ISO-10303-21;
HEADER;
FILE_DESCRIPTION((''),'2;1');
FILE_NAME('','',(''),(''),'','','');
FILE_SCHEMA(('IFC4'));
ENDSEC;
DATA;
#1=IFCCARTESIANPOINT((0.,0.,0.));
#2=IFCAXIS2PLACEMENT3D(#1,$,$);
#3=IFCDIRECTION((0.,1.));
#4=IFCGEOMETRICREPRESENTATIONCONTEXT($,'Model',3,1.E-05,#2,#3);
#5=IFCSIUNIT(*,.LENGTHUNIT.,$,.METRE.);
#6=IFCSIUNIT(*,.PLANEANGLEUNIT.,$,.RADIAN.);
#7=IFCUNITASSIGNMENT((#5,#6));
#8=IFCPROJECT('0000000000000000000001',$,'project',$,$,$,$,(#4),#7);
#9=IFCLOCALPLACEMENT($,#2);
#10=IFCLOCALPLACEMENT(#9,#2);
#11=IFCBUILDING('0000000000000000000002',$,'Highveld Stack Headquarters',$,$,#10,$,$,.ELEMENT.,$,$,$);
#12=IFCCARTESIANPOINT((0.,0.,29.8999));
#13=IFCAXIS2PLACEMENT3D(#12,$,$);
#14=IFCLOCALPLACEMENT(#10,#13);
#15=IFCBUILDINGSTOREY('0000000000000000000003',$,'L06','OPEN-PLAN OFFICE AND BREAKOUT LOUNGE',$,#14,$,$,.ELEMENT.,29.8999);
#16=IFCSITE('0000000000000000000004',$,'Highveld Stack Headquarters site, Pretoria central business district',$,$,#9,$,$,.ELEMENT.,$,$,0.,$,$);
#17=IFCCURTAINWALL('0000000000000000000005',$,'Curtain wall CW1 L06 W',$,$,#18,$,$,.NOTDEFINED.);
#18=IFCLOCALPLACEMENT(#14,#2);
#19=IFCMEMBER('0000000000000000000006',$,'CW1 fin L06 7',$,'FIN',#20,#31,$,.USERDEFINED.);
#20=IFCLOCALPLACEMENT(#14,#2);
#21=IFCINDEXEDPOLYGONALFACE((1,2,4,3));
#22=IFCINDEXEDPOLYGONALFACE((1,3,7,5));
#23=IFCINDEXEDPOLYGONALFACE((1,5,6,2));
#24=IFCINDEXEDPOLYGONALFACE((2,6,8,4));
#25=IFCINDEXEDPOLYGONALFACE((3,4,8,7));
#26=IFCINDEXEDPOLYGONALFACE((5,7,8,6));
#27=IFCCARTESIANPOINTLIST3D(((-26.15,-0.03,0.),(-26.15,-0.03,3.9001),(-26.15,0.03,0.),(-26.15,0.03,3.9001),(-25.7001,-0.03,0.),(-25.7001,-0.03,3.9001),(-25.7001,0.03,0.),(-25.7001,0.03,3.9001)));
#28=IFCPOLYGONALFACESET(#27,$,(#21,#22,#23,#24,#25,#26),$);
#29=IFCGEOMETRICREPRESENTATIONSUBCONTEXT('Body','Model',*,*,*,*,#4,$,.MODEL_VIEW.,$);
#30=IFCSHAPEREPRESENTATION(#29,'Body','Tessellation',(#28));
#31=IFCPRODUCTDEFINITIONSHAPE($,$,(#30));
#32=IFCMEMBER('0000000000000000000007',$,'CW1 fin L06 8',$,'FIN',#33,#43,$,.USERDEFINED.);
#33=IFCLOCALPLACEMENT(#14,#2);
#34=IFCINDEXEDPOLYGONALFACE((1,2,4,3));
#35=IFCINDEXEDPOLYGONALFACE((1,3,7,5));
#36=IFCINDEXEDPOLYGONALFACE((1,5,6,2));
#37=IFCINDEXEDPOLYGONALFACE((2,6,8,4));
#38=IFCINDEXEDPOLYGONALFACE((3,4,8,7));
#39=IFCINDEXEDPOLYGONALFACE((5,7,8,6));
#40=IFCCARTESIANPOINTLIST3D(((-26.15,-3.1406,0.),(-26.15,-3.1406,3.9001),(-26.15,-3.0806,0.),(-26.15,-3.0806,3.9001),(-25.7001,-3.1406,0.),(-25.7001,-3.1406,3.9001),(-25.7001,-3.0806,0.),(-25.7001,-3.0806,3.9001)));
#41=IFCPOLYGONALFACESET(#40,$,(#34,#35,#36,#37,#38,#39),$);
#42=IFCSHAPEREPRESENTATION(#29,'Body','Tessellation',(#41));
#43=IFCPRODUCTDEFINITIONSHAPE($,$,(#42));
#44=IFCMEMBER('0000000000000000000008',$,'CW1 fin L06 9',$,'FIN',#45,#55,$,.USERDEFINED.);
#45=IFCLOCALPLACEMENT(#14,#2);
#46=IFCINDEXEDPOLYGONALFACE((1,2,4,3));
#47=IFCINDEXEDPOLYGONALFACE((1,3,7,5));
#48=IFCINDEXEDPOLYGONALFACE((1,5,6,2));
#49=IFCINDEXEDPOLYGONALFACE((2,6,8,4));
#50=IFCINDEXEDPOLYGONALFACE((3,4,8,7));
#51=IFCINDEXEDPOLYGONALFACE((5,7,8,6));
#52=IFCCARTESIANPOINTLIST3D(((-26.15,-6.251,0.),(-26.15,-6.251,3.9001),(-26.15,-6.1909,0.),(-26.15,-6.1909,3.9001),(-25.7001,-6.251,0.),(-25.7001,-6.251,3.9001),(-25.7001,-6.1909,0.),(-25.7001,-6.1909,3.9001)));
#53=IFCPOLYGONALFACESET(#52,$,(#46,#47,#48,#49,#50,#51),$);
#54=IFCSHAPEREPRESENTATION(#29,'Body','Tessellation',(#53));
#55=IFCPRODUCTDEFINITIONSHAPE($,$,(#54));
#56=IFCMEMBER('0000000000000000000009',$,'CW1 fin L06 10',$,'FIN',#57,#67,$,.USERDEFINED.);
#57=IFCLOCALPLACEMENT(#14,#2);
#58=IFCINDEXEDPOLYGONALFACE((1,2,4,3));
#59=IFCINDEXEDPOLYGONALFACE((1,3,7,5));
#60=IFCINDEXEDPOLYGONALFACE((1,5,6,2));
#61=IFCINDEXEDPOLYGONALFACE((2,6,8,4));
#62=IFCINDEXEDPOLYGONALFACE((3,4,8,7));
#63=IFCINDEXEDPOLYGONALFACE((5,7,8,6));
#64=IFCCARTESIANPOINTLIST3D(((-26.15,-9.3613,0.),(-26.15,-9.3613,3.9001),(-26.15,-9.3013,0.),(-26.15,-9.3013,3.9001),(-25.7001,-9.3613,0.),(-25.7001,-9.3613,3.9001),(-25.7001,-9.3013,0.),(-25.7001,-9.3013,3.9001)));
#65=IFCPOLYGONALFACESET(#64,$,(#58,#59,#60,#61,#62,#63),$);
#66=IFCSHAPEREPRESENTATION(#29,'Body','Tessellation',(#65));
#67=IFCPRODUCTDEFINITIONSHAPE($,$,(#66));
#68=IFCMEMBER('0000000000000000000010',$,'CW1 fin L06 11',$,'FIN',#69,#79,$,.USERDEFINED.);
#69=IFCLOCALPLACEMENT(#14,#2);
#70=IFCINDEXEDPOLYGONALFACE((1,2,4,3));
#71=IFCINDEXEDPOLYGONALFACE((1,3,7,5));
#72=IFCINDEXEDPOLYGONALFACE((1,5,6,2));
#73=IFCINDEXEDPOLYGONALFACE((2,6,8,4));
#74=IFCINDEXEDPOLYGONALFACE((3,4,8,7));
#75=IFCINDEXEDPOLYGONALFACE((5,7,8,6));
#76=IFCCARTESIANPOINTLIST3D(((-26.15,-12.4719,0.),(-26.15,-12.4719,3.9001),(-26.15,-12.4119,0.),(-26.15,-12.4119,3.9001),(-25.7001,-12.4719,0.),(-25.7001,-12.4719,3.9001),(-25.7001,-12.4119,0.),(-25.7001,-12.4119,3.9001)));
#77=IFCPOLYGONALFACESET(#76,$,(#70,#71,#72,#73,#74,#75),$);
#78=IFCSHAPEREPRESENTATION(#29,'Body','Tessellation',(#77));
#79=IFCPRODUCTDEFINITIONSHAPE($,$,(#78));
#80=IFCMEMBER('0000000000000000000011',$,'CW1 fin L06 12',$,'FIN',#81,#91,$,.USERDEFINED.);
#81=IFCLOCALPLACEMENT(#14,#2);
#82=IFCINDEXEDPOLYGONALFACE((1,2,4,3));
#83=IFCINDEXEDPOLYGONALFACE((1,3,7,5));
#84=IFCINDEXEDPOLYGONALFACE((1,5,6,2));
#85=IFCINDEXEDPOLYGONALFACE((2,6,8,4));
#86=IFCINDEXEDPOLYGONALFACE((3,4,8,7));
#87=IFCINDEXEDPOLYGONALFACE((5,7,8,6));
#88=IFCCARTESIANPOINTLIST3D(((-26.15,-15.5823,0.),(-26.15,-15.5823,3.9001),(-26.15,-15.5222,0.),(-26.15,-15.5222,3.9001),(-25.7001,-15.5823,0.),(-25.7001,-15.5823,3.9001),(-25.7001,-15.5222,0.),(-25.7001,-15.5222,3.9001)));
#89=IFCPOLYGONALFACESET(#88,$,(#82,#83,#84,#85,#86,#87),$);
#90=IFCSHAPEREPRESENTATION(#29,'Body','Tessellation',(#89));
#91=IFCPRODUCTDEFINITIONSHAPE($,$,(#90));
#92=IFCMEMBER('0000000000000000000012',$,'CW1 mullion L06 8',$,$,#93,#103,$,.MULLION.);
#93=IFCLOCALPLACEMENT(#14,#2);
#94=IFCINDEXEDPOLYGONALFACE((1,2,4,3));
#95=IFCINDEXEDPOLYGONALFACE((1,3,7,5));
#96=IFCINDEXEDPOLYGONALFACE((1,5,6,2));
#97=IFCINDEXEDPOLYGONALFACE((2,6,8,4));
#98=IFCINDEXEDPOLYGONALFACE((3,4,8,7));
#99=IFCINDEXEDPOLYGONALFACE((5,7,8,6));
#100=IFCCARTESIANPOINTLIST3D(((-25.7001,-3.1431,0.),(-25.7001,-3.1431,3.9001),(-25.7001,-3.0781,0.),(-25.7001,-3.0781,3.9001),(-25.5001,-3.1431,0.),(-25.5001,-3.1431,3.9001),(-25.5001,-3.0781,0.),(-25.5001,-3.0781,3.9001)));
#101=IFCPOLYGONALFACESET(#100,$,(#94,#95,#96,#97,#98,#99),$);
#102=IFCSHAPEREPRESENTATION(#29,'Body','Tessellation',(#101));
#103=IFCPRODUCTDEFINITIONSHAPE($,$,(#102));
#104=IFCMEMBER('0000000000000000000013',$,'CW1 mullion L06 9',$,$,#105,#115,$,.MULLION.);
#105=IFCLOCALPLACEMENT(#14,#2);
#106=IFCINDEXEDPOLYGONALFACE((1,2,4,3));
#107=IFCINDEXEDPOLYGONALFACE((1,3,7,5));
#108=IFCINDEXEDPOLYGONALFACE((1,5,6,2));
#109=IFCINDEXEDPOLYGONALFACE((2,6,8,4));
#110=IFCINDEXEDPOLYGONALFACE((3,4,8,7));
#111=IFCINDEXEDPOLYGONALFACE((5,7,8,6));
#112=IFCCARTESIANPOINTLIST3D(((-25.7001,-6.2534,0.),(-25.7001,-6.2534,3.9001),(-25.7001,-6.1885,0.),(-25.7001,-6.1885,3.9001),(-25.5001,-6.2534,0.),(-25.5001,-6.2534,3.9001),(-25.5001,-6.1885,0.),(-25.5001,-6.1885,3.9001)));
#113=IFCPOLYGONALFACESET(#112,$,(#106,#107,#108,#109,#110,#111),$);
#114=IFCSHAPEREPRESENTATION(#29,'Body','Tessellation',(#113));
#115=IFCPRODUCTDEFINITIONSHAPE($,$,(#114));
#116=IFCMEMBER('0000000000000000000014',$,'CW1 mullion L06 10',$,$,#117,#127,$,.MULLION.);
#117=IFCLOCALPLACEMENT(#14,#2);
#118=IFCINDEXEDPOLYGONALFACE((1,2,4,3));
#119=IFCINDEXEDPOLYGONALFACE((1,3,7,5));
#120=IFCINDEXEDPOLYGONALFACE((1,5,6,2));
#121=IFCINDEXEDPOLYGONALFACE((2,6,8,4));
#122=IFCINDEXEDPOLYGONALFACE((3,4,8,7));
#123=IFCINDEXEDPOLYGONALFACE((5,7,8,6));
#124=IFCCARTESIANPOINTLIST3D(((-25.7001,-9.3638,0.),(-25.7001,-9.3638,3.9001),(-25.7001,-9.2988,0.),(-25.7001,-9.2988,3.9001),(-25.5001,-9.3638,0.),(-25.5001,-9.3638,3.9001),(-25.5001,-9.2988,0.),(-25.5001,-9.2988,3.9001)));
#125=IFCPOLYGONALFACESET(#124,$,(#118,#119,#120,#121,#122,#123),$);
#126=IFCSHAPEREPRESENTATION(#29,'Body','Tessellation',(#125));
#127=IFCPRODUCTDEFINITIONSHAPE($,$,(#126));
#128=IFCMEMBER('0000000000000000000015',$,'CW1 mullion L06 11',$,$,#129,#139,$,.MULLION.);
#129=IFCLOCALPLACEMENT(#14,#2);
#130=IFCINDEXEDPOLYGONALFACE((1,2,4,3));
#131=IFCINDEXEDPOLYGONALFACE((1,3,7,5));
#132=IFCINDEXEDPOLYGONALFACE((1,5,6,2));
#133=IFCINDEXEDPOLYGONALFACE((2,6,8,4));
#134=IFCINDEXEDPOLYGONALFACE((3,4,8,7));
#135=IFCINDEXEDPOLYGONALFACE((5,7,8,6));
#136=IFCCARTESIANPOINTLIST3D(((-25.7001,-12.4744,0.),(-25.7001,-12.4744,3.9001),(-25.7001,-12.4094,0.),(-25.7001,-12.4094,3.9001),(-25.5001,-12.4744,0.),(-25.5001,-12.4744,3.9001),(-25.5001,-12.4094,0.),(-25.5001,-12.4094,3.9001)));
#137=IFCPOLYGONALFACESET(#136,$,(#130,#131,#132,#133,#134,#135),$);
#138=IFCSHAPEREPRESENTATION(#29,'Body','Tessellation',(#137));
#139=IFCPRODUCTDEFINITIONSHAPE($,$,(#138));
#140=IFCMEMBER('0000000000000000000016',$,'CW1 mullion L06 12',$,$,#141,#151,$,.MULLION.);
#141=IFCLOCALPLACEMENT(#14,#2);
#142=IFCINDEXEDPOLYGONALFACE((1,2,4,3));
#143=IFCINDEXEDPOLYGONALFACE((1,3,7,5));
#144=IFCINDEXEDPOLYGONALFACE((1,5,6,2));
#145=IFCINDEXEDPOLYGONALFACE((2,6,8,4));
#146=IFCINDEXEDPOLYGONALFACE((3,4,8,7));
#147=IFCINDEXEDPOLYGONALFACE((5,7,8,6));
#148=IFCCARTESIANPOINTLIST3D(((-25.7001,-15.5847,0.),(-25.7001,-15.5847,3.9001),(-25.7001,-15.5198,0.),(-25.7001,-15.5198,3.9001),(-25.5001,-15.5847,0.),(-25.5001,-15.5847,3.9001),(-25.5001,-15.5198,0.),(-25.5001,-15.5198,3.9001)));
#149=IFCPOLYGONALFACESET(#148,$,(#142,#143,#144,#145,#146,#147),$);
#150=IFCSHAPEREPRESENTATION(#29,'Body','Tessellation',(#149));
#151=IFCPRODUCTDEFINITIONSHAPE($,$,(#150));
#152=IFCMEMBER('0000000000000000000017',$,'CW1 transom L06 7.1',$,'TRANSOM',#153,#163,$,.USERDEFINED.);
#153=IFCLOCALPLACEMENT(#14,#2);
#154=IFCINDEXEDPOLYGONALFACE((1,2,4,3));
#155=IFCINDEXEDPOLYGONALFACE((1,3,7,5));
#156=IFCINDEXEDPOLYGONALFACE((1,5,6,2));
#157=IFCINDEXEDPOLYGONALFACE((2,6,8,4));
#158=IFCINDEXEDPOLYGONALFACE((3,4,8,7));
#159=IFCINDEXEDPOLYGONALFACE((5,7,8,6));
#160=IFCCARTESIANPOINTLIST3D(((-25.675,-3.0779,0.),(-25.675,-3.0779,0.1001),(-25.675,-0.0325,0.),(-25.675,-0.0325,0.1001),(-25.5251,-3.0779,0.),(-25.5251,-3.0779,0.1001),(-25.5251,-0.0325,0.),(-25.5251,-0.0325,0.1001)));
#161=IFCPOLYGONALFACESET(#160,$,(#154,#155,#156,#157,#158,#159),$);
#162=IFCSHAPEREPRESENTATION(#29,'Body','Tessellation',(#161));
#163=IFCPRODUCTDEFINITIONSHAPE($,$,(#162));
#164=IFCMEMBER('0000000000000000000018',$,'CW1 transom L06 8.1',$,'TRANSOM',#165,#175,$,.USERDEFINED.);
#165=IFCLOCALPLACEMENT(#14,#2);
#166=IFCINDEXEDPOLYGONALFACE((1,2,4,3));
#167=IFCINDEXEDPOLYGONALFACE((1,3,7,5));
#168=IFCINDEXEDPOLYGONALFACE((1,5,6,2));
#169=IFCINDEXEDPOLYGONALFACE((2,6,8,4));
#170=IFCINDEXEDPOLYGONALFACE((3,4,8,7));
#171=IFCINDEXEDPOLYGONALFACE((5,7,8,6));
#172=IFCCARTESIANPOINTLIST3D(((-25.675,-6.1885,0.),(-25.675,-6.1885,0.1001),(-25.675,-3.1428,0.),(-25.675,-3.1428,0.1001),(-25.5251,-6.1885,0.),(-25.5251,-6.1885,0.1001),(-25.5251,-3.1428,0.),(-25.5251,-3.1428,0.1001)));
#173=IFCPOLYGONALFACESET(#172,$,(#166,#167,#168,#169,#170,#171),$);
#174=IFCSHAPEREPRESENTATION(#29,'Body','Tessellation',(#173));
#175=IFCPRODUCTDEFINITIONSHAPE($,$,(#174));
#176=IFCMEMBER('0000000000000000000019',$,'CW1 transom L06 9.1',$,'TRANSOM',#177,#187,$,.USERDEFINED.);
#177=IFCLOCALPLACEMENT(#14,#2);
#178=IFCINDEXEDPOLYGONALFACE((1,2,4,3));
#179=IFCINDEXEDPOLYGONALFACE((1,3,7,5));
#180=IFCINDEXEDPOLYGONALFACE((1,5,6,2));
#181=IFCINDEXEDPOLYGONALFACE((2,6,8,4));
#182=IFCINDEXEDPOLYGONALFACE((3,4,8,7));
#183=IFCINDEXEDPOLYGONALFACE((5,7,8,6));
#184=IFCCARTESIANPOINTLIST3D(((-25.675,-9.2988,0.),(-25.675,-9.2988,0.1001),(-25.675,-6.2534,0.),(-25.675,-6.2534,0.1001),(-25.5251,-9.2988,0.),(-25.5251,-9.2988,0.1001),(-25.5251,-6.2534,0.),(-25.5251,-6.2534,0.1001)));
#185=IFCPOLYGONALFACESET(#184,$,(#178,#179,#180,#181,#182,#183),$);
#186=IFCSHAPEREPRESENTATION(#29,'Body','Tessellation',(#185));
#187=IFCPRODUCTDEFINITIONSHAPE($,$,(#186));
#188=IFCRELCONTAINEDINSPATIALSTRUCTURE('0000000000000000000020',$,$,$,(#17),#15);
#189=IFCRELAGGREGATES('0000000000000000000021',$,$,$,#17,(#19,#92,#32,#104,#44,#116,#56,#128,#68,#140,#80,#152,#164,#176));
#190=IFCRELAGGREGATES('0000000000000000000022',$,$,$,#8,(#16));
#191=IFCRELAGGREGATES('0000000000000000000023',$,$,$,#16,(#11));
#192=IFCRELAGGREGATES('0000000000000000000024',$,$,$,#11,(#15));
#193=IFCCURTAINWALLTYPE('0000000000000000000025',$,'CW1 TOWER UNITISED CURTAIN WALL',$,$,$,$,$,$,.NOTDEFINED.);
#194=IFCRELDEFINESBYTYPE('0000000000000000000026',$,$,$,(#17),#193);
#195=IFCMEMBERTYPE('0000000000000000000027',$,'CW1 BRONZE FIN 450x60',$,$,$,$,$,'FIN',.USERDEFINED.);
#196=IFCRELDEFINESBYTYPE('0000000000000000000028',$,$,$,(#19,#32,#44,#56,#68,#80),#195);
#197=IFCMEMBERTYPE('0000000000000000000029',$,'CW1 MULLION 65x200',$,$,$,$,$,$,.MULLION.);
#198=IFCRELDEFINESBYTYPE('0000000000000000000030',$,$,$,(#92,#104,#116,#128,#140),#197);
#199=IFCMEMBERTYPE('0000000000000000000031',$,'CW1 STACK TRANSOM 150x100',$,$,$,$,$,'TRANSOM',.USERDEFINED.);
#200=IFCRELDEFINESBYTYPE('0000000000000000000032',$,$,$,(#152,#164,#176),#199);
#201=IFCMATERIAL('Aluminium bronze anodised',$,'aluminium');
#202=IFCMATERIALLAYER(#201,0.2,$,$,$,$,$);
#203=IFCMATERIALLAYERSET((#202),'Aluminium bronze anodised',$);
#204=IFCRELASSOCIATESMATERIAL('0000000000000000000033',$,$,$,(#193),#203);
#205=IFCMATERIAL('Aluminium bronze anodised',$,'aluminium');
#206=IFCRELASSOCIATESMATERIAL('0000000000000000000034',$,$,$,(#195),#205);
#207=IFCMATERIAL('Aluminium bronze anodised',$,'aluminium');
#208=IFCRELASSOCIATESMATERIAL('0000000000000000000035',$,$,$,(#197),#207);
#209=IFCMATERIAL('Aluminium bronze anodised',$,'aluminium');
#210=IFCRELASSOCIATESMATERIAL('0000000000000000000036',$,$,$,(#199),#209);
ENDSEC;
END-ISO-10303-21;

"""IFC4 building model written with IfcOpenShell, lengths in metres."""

from ifc_helpers import new_model, si_unit, direction, frame, origin, origin_2d, place, context, subcontext, project, spatial, rectangle, extrude, material, layer, layer_set, material_profile, profile_set, type_object, element, aggregate, save


model = new_model("IFC4")

# Units and contexts
model_context = context("Model", 3, precision=1e-05, world=origin(), true_north=direction((0.0, 1.0)))
body_context = subcontext(model_context, "Body", "Model", "MODEL_VIEW")
ifc_project = project(units=[si_unit("LENGTHUNIT", "METRE"), si_unit("PLANEANGLEUNIT", "RADIAN")], contexts=[model_context])

# Site, building, storey
site_placement = place(None, origin())
site = spatial("IfcSite", under=ifc_project, at=site_placement, Name="Highveld Stack Headquarters site, Pretoria central business district", CompositionType="ELEMENT", RefElevation=0.0)
building_placement = place(site_placement, origin())
building = spatial("IfcBuilding", under=site, at=building_placement, Name="Highveld Stack Headquarters", CompositionType="ELEMENT")
storey_placement = place(building_placement, frame((0.0, 0.0, 29.8999)))
storey = spatial("IfcBuildingStorey", under=building, at=storey_placement, Name="L06", Description="OPEN-PLAN OFFICE AND BREAKOUT LOUNGE", CompositionType="ELEMENT", Elevation=29.8999)

# Curtain wall, members
ifc_material_1 = material(Name="Aluminium bronze anodised", Category="aluminium")
ifc_layer_1 = layer(ifc_material_1, 0.2)
ifc_layer_set_1 = layer_set([ifc_layer_1], Name="Aluminium bronze anodised")
curtain_wall_type = type_object("IfcCurtainWallType", Name="CW1 TOWER UNITISED CURTAIN WALL", PredefinedType="NOTDEFINED", material=ifc_layer_set_1)
curtain_wall_placement = place(storey_placement, origin())
curtain_wall = element("IfcCurtainWall", 1, at=curtain_wall_placement, inside=storey, type_object=curtain_wall_type, Name="Curtain wall CW1 L06 W", PredefinedType="NOTDEFINED")
ifc_material_2 = material(Name="Aluminium bronze anodised", Category="aluminium")
ifc_material_profile_1 = material_profile(ifc_material_2, rectangle(XDim=0.45, YDim=0.0601, at=origin_2d()), Name="FIN 450x60")
ifc_profile_set_1 = profile_set([ifc_material_profile_1], Name="Aluminium bronze anodised")
member_type_1 = type_object("IfcMemberType", Name="CW1 BRONZE FIN 450x60", ElementType="FIN", PredefinedType="USERDEFINED", material=ifc_profile_set_1)
member_1_placement = place(storey_placement, frame((-25.925, 0.0, 0.0), z_axis=(0.0, 0.0, 1.0), x_axis=(1.0, 0.0, 0.0)))
member_1 = element("IfcMember", 2, at=member_1_placement, type_object=member_type_1, Name="CW1 fin L06 7", ObjectType="FIN", PredefinedType="USERDEFINED", context=body_context, shape_type="SweptSolid", body=[
    extrude(rectangle(XDim=0.45, YDim=0.0601, at=origin_2d()), origin(), (0.0, 0.0, 1.0), 3.9001),
])
member_2_placement = place(storey_placement, frame((-25.925, -3.1106, 0.0), z_axis=(0.0, 0.0, 1.0), x_axis=(1.0, 0.0, 0.0)))
member_2 = element("IfcMember", 3, at=member_2_placement, type_object=member_type_1, Name="CW1 fin L06 8", ObjectType="FIN", PredefinedType="USERDEFINED", context=body_context, shape_type="SweptSolid", body=[
    extrude(rectangle(XDim=0.45, YDim=0.0601, at=origin_2d()), origin(), (0.0, 0.0, 1.0), 3.9001),
])
member_3_placement = place(storey_placement, frame((-25.925, -6.2209, 0.0), z_axis=(0.0, 0.0, 1.0), x_axis=(1.0, 0.0, 0.0)))
member_3 = element("IfcMember", 4, at=member_3_placement, type_object=member_type_1, Name="CW1 fin L06 9", ObjectType="FIN", PredefinedType="USERDEFINED", context=body_context, shape_type="SweptSolid", body=[
    extrude(rectangle(XDim=0.45, YDim=0.0601, at=origin_2d()), origin(), (0.0, 0.0, 1.0), 3.9001),
])
member_4_placement = place(storey_placement, frame((-25.925, -9.3313, 0.0), z_axis=(0.0, 0.0, 1.0), x_axis=(1.0, 0.0, 0.0)))
member_4 = element("IfcMember", 5, at=member_4_placement, type_object=member_type_1, Name="CW1 fin L06 10", ObjectType="FIN", PredefinedType="USERDEFINED", context=body_context, shape_type="SweptSolid", body=[
    extrude(rectangle(XDim=0.45, YDim=0.0601, at=origin_2d()), origin(), (0.0, 0.0, 1.0), 3.9001),
])
member_5_placement = place(storey_placement, frame((-25.925, -12.4419, 0.0), z_axis=(0.0, 0.0, 1.0), x_axis=(1.0, 0.0, 0.0)))
member_5 = element("IfcMember", 6, at=member_5_placement, type_object=member_type_1, Name="CW1 fin L06 11", ObjectType="FIN", PredefinedType="USERDEFINED", context=body_context, shape_type="SweptSolid", body=[
    extrude(rectangle(XDim=0.45, YDim=0.0601, at=origin_2d()), origin(), (0.0, 0.0, 1.0), 3.9001),
])
member_6_placement = place(storey_placement, frame((-25.925, -15.5522, 0.0), z_axis=(0.0, 0.0, 1.0), x_axis=(1.0, 0.0, 0.0)))
member_6 = element("IfcMember", 7, at=member_6_placement, type_object=member_type_1, Name="CW1 fin L06 12", ObjectType="FIN", PredefinedType="USERDEFINED", context=body_context, shape_type="SweptSolid", body=[
    extrude(rectangle(XDim=0.45, YDim=0.0601, at=origin_2d()), origin(), (0.0, 0.0, 1.0), 3.9001),
])
ifc_material_3 = material(Name="Aluminium bronze anodised", Category="aluminium")
ifc_material_profile_2 = material_profile(ifc_material_3, rectangle(XDim=0.2, YDim=0.0649, at=origin_2d()), Name="CW1 MULLION 65x200")
ifc_profile_set_2 = profile_set([ifc_material_profile_2], Name="Aluminium bronze anodised")
member_type_2 = type_object("IfcMemberType", Name="CW1 MULLION 65x200", PredefinedType="MULLION", material=ifc_profile_set_2)
member_7_placement = place(storey_placement, frame((-25.6001, -3.1106, 0.0), z_axis=(0.0, 0.0, 1.0), x_axis=(1.0, 0.0, 0.0)))
member_7 = element("IfcMember", 8, at=member_7_placement, type_object=member_type_2, Name="CW1 mullion L06 8", PredefinedType="MULLION", context=body_context, shape_type="SweptSolid", body=[
    extrude(rectangle(XDim=0.2, YDim=0.0649, at=origin_2d()), origin(), (0.0, 0.0, 1.0), 3.9001),
])
member_8_placement = place(storey_placement, frame((-25.6001, -6.2209, 0.0), z_axis=(0.0, 0.0, 1.0), x_axis=(1.0, 0.0, 0.0)))
member_8 = element("IfcMember", 9, at=member_8_placement, type_object=member_type_2, Name="CW1 mullion L06 9", PredefinedType="MULLION", context=body_context, shape_type="SweptSolid", body=[
    extrude(rectangle(XDim=0.2, YDim=0.0649, at=origin_2d()), origin(), (0.0, 0.0, 1.0), 3.9001),
])
member_9_placement = place(storey_placement, frame((-25.6001, -9.3313, 0.0), z_axis=(0.0, 0.0, 1.0), x_axis=(1.0, 0.0, 0.0)))
member_9 = element("IfcMember", 10, at=member_9_placement, type_object=member_type_2, Name="CW1 mullion L06 10", PredefinedType="MULLION", context=body_context, shape_type="SweptSolid", body=[
    extrude(rectangle(XDim=0.2, YDim=0.0649, at=origin_2d()), origin(), (0.0, 0.0, 1.0), 3.9001),
])
member_10_placement = place(storey_placement, frame((-25.6001, -12.4419, 0.0), z_axis=(0.0, 0.0, 1.0), x_axis=(1.0, 0.0, 0.0)))
member_10 = element("IfcMember", 11, at=member_10_placement, type_object=member_type_2, Name="CW1 mullion L06 11", PredefinedType="MULLION", context=body_context, shape_type="SweptSolid", body=[
    extrude(rectangle(XDim=0.2, YDim=0.0649, at=origin_2d()), origin(), (0.0, 0.0, 1.0), 3.9001),
])
member_11_placement = place(storey_placement, frame((-25.6001, -15.5522, 0.0), z_axis=(0.0, 0.0, 1.0), x_axis=(1.0, 0.0, 0.0)))
member_11 = element("IfcMember", 12, at=member_11_placement, type_object=member_type_2, Name="CW1 mullion L06 12", PredefinedType="MULLION", context=body_context, shape_type="SweptSolid", body=[
    extrude(rectangle(XDim=0.2, YDim=0.0649, at=origin_2d()), origin(), (0.0, 0.0, 1.0), 3.9001),
])
ifc_material_4 = material(Name="Aluminium bronze anodised", Category="aluminium")
ifc_material_profile_3 = material_profile(ifc_material_4, rectangle(XDim=0.1499, YDim=0.1001, at=origin_2d()), Name="CW1 TRANSOM 150x100")
ifc_profile_set_3 = profile_set([ifc_material_profile_3], Name="Aluminium bronze anodised")
member_type_3 = type_object("IfcMemberType", Name="CW1 STACK TRANSOM 150x100", ElementType="TRANSOM", PredefinedType="USERDEFINED", material=ifc_profile_set_3)
member_12_placement = place(storey_placement, frame((-25.6001, -0.0325, 0.05), z_axis=(0.0, -1.0, 0.0), x_axis=(1.0, 0.0, 0.0)))
member_12 = element("IfcMember", 13, at=member_12_placement, type_object=member_type_3, Name="CW1 transom L06 7.1", ObjectType="TRANSOM", PredefinedType="USERDEFINED", context=body_context, shape_type="SweptSolid", body=[
    extrude(rectangle(XDim=0.1499, YDim=0.1001, at=origin_2d()), origin(), (0.0, 0.0, 1.0), 3.0454),
])
member_13_placement = place(storey_placement, frame((-25.6001, -3.1428, 0.05), z_axis=(0.0, -1.0, 0.0), x_axis=(1.0, 0.0, 0.0)))
member_13 = element("IfcMember", 14, at=member_13_placement, type_object=member_type_3, Name="CW1 transom L06 8.1", ObjectType="TRANSOM", PredefinedType="USERDEFINED", context=body_context, shape_type="SweptSolid", body=[
    extrude(rectangle(XDim=0.1499, YDim=0.1001, at=origin_2d()), origin(), (0.0, 0.0, 1.0), 3.0457),
])
member_14_placement = place(storey_placement, frame((-25.6001, -6.2534, 0.05), z_axis=(0.0, -1.0, 0.0), x_axis=(1.0, 0.0, 0.0)))
member_14 = element("IfcMember", 15, at=member_14_placement, type_object=member_type_3, Name="CW1 transom L06 9.1", ObjectType="TRANSOM", PredefinedType="USERDEFINED", context=body_context, shape_type="SweptSolid", body=[
    extrude(rectangle(XDim=0.1499, YDim=0.1001, at=origin_2d()), origin(), (0.0, 0.0, 1.0), 3.0454),
])
aggregate(curtain_wall, [member_1, member_7, member_2, member_8, member_3, member_9, member_4, member_10, member_5, member_11, member_6, member_12, member_13, member_14])

save(model, "model.ifc")
